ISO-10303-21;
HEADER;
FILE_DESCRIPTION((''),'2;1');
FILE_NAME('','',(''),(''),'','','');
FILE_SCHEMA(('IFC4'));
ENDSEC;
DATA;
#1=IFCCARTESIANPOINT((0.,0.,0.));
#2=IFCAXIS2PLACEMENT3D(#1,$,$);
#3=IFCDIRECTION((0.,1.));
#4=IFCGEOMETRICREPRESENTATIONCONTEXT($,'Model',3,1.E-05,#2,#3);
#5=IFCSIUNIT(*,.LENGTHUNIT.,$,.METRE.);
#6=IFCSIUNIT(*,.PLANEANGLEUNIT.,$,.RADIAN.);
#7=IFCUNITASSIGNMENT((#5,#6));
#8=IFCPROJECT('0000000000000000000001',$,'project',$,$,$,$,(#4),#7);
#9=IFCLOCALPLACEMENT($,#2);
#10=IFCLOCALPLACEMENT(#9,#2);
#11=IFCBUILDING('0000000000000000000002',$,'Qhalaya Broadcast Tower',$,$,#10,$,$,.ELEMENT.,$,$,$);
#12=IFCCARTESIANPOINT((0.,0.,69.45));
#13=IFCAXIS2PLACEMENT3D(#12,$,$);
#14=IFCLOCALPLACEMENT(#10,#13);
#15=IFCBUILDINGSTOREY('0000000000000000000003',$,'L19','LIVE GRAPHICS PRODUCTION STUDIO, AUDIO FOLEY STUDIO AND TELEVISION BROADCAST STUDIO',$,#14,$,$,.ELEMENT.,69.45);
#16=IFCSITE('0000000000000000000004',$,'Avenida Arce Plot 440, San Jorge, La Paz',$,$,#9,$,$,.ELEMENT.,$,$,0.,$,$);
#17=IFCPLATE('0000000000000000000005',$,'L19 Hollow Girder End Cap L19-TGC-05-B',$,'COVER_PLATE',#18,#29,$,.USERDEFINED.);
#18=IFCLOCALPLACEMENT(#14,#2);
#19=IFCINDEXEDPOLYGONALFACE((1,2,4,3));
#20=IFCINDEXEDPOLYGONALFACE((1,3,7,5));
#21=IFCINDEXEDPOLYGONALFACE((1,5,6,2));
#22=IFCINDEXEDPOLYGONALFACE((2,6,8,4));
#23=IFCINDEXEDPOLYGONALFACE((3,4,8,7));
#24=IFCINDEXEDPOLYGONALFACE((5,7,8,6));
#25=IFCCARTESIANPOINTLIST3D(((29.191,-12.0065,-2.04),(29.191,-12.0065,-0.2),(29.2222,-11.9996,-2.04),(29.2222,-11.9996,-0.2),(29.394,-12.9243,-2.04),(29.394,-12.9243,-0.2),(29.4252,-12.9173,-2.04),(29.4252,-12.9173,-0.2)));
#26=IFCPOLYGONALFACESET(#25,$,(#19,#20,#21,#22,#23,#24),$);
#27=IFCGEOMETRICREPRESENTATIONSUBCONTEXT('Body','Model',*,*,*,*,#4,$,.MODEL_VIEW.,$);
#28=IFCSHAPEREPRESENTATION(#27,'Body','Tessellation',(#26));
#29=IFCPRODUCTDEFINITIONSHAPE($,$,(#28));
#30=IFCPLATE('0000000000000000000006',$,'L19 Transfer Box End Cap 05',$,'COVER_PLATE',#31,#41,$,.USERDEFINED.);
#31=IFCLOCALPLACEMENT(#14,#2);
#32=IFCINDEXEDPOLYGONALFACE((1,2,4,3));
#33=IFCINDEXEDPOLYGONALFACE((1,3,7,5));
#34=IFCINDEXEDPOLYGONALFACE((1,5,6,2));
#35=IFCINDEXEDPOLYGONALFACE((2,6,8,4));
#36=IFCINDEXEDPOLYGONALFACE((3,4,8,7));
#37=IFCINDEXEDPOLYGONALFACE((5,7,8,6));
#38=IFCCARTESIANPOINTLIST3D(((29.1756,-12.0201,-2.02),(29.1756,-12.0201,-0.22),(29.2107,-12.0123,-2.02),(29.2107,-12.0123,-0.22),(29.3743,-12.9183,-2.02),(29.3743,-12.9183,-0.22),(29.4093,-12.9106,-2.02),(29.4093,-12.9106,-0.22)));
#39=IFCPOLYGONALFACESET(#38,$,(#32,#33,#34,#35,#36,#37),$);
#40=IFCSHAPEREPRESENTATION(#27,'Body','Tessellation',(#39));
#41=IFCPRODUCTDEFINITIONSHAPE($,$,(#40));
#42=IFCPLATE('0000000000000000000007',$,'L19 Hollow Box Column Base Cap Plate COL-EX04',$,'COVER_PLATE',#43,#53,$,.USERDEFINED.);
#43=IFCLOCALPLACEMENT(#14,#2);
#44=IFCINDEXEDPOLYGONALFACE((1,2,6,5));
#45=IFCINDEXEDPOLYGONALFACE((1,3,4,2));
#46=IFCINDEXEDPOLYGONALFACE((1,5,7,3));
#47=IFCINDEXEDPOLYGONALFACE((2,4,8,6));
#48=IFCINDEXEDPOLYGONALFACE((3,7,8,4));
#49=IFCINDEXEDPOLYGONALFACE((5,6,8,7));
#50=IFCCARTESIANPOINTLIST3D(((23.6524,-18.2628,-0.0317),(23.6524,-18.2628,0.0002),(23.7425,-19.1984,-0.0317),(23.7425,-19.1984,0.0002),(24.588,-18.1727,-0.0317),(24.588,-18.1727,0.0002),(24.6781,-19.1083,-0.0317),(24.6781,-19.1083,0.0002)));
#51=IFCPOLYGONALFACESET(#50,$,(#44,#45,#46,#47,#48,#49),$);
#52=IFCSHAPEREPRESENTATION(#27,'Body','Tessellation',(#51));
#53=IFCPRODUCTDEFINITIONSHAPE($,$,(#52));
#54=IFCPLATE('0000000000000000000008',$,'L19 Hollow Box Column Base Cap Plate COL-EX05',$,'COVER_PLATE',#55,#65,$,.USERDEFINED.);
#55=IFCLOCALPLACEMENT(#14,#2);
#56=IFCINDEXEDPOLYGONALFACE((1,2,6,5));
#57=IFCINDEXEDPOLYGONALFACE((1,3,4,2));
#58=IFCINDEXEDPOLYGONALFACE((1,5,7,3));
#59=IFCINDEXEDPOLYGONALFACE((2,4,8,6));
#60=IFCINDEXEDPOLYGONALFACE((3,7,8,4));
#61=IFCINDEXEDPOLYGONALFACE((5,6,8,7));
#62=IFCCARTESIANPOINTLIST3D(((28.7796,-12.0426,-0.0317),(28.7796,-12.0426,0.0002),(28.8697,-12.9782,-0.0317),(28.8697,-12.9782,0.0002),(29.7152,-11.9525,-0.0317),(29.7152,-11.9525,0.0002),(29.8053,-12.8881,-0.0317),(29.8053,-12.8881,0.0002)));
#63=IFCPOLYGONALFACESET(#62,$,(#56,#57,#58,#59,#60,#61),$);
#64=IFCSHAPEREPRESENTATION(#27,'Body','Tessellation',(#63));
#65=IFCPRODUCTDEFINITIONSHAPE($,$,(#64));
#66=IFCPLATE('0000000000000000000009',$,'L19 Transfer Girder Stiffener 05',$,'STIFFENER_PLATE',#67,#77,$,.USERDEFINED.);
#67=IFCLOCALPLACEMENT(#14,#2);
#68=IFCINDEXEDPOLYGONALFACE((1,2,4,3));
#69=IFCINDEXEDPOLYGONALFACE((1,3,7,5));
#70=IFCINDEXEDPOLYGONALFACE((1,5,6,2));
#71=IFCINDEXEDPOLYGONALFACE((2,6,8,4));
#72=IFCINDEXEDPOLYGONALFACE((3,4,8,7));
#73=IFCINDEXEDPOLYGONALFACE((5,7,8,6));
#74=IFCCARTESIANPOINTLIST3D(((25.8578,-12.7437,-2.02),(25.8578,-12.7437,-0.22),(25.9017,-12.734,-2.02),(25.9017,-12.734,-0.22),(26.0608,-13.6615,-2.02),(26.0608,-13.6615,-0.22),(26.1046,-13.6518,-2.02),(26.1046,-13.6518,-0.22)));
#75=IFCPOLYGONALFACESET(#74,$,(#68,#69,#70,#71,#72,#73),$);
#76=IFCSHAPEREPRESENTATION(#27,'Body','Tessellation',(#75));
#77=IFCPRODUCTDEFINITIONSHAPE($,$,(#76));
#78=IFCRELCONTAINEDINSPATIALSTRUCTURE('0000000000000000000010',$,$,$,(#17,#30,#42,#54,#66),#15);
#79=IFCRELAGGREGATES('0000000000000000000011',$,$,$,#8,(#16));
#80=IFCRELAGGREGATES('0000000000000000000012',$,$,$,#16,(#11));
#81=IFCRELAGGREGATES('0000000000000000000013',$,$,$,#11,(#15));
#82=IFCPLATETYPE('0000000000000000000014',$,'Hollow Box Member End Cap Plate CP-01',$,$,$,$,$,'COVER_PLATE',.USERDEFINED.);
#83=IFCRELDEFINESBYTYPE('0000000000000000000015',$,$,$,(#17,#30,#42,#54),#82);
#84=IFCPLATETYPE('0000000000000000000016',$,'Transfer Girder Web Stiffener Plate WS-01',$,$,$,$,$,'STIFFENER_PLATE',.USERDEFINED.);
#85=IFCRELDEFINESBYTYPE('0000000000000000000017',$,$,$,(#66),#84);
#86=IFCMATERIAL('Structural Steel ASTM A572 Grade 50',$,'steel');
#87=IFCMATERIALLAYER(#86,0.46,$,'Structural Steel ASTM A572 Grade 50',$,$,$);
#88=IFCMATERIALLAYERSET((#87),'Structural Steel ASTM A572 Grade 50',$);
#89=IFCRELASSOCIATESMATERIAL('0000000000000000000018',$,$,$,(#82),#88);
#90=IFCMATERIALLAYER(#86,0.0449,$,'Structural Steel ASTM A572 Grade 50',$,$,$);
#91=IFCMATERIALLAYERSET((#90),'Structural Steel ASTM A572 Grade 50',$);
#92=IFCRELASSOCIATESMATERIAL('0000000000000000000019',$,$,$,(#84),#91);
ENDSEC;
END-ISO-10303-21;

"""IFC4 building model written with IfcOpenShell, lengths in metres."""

from ifc_helpers import new_model, si_unit, direction, frame, origin, origin_2d, place, context, subcontext, project, spatial, rectangle, extrude, material, layer, layer_set, type_object, element, save


model = new_model("IFC4")

# Units and contexts
model_context = context("Model", 3, precision=1e-05, world=origin(), true_north=direction((0.0, 1.0)))
body_context = subcontext(model_context, "Body", "Model", "MODEL_VIEW")
ifc_project = project(units=[si_unit("LENGTHUNIT", "METRE"), si_unit("PLANEANGLEUNIT", "RADIAN")], contexts=[model_context])

# Site, building, storey
site_placement = place(None, origin())
site = spatial("IfcSite", under=ifc_project, at=site_placement, Name="Avenida Arce Plot 440, San Jorge, La Paz", CompositionType="ELEMENT", RefElevation=0.0)
building_placement = place(site_placement, origin())
building = spatial("IfcBuilding", under=site, at=building_placement, Name="Qhalaya Broadcast Tower", CompositionType="ELEMENT")
storey_placement = place(building_placement, frame((0.0, 0.0, 69.45)))
storey = spatial("IfcBuildingStorey", under=building, at=storey_placement, Name="L19", Description="LIVE GRAPHICS PRODUCTION STUDIO, AUDIO FOLEY STUDIO AND TELEVISION BROADCAST STUDIO", CompositionType="ELEMENT", Elevation=69.45)

# Shared definitions
ifc_material = material(Name="Structural Steel ASTM A572 Grade 50", Category="steel")

# Plates
ifc_layer_1 = layer(ifc_material, 0.46, Name="Structural Steel ASTM A572 Grade 50")
ifc_layer_set_1 = layer_set([ifc_layer_1], Name="Structural Steel ASTM A572 Grade 50")
plate_type_1 = type_object("IfcPlateType", Name="Hollow Box Member End Cap Plate CP-01", ElementType="COVER_PLATE", PredefinedType="USERDEFINED", material=ifc_layer_set_1)
for number, where, z_axis, x_axis, name in (
    (1, (29.3081, -12.4619, -2.04), (0.0, 0.0, 1.0), (-0.215928, 0.976409, 0.0), "L19 Hollow Girder End Cap L19-TGC-05-B"),
):
    element("IfcPlate", number, at=place(storey_placement, frame(where, z_axis=z_axis, x_axis=x_axis)), inside=storey, type_object=plate_type_1, Name=name, ObjectType="COVER_PLATE", PredefinedType="USERDEFINED", context=body_context, shape_type="SweptSolid", body=[
        extrude(rectangle(XDim=0.9399, YDim=0.032, at=origin_2d()), origin(), (0.0, 0.0, 1.0), 1.8401),
    ])
plate_1_placement = place(storey_placement, frame((29.2925, -12.4653, -2.02), z_axis=(0.0, 0.0, 1.0), x_axis=(-0.215928, 0.976409, 0.0)))
element("IfcPlate", 2, at=plate_1_placement, inside=storey, type_object=plate_type_1, Name="L19 Transfer Box End Cap 05", ObjectType="COVER_PLATE", PredefinedType="USERDEFINED", context=body_context, shape_type="SweptSolid", body=[
    extrude(rectangle(XDim=0.9199, YDim=0.0359, at=origin_2d()), origin(), (0.0, 0.0, 1.0), 1.8),
])
for number, where, z_axis, x_axis, name in (
    (3, (24.1653, -18.6855, -0.0317), (0.0, 0.0, 1.0), (0.995396, 0.095846, 0.0), "L19 Hollow Box Column Base Cap Plate COL-EX04"),
    (4, (29.2925, -12.4653, -0.0317), (0.0, 0.0, 1.0), (-0.095846, 0.995396, 0.0), "L19 Hollow Box Column Base Cap Plate COL-EX05"),
):
    element("IfcPlate", number, at=place(storey_placement, frame(where, z_axis=z_axis, x_axis=x_axis)), inside=storey, type_object=plate_type_1, Name=name, ObjectType="COVER_PLATE", PredefinedType="USERDEFINED", context=body_context, shape_type="SweptSolid", body=[
        extrude(rectangle(XDim=0.9399, YDim=0.9399, at=origin_2d()), origin(), (0.0, 0.0, 1.0), 0.032),
    ])
ifc_layer_2 = layer(ifc_material, 0.0449, Name="Structural Steel ASTM A572 Grade 50")
ifc_layer_set_2 = layer_set([ifc_layer_2], Name="Structural Steel ASTM A572 Grade 50")
plate_type_2 = type_object("IfcPlateType", Name="Transfer Girder Web Stiffener Plate WS-01", ElementType="STIFFENER_PLATE", PredefinedType="USERDEFINED", material=ifc_layer_set_2)
plate_2_placement = place(storey_placement, frame((25.9812, -13.1978, -2.02), z_axis=(0.0, 0.0, 1.0), x_axis=(-0.215928, 0.976409, 0.0)))
element("IfcPlate", 5, at=plate_2_placement, inside=storey, type_object=plate_type_2, Name="L19 Transfer Girder Stiffener 05", ObjectType="STIFFENER_PLATE", PredefinedType="USERDEFINED", context=body_context, shape_type="SweptSolid", body=[
    extrude(rectangle(XDim=0.9399, YDim=0.0449, at=origin_2d()), origin(), (0.0, 0.0, 1.0), 1.8),
])

save(model, "model.ifc")
